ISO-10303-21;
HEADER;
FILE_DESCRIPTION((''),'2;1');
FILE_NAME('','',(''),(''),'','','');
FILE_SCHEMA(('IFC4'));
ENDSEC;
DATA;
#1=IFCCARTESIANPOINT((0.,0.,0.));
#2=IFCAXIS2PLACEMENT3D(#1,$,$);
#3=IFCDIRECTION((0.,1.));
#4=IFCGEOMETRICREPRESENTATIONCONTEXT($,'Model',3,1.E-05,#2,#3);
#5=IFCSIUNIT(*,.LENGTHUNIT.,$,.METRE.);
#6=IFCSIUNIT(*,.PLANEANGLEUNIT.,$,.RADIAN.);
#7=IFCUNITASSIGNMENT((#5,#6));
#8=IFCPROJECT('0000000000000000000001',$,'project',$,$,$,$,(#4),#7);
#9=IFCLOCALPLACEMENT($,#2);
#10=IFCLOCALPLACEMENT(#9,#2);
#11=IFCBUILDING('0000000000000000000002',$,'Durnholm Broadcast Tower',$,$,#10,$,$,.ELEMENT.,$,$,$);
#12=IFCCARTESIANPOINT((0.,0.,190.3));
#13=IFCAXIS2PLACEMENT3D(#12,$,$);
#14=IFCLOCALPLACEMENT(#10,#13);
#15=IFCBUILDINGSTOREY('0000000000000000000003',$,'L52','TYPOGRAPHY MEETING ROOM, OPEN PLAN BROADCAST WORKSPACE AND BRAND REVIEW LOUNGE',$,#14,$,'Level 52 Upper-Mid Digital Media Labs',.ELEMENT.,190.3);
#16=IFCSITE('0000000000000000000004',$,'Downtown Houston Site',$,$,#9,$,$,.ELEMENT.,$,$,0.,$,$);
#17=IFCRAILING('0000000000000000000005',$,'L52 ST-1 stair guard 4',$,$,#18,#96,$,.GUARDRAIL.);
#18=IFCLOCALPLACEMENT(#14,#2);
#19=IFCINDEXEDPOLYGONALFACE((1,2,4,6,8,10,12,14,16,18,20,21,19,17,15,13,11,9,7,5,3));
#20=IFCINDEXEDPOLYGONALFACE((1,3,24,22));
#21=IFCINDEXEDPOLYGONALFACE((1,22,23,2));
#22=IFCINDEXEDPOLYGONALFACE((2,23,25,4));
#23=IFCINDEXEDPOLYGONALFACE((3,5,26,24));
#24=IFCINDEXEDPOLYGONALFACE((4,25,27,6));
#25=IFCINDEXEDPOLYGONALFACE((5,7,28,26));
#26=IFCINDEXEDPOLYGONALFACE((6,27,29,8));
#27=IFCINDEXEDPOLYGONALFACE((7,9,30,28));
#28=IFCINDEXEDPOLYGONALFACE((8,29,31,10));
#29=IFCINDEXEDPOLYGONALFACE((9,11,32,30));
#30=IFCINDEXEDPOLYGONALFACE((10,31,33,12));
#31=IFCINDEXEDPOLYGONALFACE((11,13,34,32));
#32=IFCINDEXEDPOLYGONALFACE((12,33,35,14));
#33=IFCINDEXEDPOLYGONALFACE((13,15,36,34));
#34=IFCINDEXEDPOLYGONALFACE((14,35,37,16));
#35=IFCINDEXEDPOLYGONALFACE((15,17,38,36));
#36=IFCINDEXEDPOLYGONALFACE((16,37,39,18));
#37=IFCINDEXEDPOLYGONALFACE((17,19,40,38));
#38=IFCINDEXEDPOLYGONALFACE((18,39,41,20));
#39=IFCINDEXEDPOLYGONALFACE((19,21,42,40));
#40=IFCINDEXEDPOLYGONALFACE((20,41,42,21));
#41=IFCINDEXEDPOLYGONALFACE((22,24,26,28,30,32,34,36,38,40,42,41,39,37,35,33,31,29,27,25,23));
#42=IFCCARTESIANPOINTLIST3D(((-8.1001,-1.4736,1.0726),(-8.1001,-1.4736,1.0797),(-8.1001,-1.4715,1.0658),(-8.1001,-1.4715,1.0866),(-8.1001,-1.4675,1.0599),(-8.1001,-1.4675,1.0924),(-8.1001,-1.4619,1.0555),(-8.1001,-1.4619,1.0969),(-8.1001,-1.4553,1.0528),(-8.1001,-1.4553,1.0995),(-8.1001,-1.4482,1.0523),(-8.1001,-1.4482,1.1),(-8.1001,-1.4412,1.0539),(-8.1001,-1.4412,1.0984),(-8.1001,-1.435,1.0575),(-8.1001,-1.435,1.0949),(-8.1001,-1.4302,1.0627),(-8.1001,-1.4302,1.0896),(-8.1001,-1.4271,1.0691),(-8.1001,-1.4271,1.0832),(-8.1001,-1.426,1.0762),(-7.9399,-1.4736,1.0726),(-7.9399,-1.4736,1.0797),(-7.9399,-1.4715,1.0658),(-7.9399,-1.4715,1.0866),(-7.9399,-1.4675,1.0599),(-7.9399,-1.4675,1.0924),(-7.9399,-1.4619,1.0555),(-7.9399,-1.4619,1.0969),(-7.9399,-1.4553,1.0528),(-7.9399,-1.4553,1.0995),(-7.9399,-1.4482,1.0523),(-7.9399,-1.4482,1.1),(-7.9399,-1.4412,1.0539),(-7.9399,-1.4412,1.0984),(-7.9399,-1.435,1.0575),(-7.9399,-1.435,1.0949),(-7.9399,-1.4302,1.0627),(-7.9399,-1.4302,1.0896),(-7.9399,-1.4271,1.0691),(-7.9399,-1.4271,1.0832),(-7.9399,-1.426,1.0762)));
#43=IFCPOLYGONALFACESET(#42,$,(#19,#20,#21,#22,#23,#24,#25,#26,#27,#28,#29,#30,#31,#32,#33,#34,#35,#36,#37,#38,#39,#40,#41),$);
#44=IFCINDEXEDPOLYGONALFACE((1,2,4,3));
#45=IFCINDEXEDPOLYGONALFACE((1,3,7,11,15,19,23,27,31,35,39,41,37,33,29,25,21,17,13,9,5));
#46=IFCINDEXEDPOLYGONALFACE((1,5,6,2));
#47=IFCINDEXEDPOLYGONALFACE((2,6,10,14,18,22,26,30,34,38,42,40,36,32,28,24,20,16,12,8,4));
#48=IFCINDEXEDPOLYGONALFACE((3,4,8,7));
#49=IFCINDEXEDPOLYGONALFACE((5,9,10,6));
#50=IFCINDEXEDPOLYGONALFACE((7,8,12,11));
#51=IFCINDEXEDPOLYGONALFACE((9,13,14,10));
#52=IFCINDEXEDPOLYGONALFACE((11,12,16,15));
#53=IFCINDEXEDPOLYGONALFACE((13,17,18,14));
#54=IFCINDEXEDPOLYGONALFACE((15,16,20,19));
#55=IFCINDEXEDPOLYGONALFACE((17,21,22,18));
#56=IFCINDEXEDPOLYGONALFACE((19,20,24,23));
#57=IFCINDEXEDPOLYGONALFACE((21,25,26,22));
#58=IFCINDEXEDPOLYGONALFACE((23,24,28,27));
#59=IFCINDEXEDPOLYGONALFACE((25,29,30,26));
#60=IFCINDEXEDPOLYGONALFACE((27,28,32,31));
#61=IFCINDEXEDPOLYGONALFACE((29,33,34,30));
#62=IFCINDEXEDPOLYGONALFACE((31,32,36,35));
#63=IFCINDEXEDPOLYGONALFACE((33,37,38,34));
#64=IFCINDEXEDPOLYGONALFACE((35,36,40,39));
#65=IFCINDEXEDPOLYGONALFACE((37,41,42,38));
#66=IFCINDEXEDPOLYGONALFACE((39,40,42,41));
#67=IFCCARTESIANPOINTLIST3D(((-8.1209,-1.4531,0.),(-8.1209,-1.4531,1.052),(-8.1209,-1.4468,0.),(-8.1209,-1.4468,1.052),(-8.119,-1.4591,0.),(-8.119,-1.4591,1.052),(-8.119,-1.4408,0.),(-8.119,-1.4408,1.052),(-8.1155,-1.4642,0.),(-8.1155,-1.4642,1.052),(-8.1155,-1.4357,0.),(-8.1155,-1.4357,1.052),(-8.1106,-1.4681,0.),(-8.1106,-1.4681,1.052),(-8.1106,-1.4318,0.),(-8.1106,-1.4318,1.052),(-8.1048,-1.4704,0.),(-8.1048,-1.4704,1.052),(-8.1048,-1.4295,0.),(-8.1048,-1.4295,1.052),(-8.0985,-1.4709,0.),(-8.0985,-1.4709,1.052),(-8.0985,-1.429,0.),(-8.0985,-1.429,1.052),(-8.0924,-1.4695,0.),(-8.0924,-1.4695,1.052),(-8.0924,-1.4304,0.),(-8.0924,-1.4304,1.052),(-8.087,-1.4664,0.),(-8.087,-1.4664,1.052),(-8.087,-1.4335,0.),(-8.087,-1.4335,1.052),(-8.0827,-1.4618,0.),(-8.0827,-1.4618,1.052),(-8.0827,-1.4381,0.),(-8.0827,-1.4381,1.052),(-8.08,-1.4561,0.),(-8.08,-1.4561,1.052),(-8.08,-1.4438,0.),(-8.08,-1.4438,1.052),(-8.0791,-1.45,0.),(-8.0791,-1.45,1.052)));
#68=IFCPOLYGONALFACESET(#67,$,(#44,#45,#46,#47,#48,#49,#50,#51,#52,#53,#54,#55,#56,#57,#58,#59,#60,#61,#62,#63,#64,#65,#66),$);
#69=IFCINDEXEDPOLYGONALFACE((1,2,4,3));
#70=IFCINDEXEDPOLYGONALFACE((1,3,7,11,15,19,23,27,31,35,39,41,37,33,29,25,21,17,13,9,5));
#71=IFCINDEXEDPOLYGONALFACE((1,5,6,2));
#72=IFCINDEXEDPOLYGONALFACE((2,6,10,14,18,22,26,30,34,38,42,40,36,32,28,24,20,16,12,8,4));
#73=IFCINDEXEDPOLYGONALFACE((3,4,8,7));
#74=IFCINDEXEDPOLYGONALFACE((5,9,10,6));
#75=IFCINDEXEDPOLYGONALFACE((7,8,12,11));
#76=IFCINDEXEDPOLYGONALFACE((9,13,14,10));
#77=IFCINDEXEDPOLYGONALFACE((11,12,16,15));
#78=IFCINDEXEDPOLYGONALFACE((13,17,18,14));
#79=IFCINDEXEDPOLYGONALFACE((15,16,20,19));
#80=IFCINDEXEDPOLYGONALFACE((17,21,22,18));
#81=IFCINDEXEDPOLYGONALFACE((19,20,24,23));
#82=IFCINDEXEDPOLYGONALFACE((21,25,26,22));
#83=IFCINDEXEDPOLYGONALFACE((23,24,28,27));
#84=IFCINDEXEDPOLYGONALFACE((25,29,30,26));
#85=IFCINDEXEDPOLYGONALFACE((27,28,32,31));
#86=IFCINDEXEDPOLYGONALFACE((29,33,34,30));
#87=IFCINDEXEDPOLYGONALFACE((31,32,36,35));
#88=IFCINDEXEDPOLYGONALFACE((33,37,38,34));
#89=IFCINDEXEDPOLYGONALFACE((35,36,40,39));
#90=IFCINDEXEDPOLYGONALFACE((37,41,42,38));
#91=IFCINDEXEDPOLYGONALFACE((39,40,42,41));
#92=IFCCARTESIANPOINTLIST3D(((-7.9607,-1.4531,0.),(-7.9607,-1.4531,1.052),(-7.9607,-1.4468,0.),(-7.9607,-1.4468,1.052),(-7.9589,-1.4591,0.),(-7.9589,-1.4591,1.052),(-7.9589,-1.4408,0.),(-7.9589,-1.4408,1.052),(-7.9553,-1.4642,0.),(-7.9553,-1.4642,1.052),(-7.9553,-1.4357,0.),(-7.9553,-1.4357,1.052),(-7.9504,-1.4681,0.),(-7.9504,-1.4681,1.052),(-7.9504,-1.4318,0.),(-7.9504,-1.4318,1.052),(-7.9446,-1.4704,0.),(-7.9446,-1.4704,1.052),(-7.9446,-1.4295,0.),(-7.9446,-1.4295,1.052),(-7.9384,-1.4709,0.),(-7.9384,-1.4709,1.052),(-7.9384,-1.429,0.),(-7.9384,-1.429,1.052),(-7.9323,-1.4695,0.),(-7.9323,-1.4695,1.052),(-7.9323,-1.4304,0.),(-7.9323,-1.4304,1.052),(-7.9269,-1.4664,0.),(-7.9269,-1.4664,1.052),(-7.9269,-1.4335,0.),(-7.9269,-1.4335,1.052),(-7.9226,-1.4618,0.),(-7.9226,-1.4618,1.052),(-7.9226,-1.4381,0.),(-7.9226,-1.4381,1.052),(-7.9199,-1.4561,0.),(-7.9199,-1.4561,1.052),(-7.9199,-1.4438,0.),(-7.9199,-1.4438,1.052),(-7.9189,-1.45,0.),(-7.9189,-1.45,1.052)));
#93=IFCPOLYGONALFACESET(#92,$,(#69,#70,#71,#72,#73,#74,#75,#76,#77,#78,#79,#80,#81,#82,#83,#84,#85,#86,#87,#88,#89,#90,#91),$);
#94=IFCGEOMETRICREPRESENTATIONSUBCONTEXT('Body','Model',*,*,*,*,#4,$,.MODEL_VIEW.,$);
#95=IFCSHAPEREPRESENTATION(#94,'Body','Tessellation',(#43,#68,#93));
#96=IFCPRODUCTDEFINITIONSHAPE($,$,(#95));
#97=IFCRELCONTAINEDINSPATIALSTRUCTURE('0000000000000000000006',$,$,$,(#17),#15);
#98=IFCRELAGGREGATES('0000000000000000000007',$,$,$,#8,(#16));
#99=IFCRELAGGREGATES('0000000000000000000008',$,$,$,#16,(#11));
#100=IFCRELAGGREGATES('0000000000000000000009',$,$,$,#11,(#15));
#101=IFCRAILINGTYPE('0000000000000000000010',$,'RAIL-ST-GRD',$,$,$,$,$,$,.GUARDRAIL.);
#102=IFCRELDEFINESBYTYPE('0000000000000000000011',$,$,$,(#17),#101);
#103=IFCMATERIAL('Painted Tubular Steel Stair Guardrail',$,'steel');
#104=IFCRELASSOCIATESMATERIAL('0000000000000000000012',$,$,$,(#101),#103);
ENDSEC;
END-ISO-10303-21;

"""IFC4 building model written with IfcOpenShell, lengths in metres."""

from ifc_helpers import new_model, si_unit, direction, frame, origin, origin_2d, place, context, subcontext, project, spatial, circle, extrude, material, type_object, element, save


model = new_model("IFC4")

# Units and contexts
model_context = context("Model", 3, precision=1e-05, world=origin(), true_north=direction((0.0, 1.0)))
body_context = subcontext(model_context, "Body", "Model", "MODEL_VIEW")
ifc_project = project(units=[si_unit("LENGTHUNIT", "METRE"), si_unit("PLANEANGLEUNIT", "RADIAN")], contexts=[model_context])

# Site, building, storey
site_placement = place(None, origin())
site = spatial("IfcSite", under=ifc_project, at=site_placement, Name="Downtown Houston Site", CompositionType="ELEMENT", RefElevation=0.0)
building_placement = place(site_placement, origin())
building = spatial("IfcBuilding", under=site, at=building_placement, Name="Durnholm Broadcast Tower", CompositionType="ELEMENT")
storey_placement = place(building_placement, frame((0.0, 0.0, 190.3)))
storey = spatial("IfcBuildingStorey", under=building, at=storey_placement, Name="L52", Description="TYPOGRAPHY MEETING ROOM, OPEN PLAN BROADCAST WORKSPACE AND BRAND REVIEW LOUNGE", LongName="Level 52 Upper-Mid Digital Media Labs", CompositionType="ELEMENT", Elevation=190.3)

# Railing
ifc_material_1 = material(Name="Painted Tubular Steel Stair Guardrail", Category="steel")
railing_type_1 = type_object("IfcRailingType", Name="RAIL-ST-GRD", PredefinedType="GUARDRAIL", material=ifc_material_1)
railing_1_placement = place(storey_placement, frame((-8.1001, -1.45, 0.0)))
element("IfcRailing", 1, at=railing_1_placement, inside=storey, type_object=railing_type_1, Name="L52 ST-1 stair guard 4", PredefinedType="GUARDRAIL", context=body_context, shape_type="SweptSolid", body=[
    extrude(circle(Radius=0.0239, at=origin_2d()), frame((0.0, 0.0, 1.0762), z_axis=(1.0, 0.0, 0.0), x_axis=(0.0, 1.0, 0.0)), (0.0, 0.0, 1.0), 0.1602),
    extrude(circle(Radius=0.021, at=origin_2d()), origin(), (0.0, 0.0, 1.0), 1.052),
    extrude(circle(Radius=0.021, at=origin_2d()), frame((0.1602, 0.0, 0.0)), (0.0, 0.0, 1.0), 1.052),
])

save(model, "model.ifc")
